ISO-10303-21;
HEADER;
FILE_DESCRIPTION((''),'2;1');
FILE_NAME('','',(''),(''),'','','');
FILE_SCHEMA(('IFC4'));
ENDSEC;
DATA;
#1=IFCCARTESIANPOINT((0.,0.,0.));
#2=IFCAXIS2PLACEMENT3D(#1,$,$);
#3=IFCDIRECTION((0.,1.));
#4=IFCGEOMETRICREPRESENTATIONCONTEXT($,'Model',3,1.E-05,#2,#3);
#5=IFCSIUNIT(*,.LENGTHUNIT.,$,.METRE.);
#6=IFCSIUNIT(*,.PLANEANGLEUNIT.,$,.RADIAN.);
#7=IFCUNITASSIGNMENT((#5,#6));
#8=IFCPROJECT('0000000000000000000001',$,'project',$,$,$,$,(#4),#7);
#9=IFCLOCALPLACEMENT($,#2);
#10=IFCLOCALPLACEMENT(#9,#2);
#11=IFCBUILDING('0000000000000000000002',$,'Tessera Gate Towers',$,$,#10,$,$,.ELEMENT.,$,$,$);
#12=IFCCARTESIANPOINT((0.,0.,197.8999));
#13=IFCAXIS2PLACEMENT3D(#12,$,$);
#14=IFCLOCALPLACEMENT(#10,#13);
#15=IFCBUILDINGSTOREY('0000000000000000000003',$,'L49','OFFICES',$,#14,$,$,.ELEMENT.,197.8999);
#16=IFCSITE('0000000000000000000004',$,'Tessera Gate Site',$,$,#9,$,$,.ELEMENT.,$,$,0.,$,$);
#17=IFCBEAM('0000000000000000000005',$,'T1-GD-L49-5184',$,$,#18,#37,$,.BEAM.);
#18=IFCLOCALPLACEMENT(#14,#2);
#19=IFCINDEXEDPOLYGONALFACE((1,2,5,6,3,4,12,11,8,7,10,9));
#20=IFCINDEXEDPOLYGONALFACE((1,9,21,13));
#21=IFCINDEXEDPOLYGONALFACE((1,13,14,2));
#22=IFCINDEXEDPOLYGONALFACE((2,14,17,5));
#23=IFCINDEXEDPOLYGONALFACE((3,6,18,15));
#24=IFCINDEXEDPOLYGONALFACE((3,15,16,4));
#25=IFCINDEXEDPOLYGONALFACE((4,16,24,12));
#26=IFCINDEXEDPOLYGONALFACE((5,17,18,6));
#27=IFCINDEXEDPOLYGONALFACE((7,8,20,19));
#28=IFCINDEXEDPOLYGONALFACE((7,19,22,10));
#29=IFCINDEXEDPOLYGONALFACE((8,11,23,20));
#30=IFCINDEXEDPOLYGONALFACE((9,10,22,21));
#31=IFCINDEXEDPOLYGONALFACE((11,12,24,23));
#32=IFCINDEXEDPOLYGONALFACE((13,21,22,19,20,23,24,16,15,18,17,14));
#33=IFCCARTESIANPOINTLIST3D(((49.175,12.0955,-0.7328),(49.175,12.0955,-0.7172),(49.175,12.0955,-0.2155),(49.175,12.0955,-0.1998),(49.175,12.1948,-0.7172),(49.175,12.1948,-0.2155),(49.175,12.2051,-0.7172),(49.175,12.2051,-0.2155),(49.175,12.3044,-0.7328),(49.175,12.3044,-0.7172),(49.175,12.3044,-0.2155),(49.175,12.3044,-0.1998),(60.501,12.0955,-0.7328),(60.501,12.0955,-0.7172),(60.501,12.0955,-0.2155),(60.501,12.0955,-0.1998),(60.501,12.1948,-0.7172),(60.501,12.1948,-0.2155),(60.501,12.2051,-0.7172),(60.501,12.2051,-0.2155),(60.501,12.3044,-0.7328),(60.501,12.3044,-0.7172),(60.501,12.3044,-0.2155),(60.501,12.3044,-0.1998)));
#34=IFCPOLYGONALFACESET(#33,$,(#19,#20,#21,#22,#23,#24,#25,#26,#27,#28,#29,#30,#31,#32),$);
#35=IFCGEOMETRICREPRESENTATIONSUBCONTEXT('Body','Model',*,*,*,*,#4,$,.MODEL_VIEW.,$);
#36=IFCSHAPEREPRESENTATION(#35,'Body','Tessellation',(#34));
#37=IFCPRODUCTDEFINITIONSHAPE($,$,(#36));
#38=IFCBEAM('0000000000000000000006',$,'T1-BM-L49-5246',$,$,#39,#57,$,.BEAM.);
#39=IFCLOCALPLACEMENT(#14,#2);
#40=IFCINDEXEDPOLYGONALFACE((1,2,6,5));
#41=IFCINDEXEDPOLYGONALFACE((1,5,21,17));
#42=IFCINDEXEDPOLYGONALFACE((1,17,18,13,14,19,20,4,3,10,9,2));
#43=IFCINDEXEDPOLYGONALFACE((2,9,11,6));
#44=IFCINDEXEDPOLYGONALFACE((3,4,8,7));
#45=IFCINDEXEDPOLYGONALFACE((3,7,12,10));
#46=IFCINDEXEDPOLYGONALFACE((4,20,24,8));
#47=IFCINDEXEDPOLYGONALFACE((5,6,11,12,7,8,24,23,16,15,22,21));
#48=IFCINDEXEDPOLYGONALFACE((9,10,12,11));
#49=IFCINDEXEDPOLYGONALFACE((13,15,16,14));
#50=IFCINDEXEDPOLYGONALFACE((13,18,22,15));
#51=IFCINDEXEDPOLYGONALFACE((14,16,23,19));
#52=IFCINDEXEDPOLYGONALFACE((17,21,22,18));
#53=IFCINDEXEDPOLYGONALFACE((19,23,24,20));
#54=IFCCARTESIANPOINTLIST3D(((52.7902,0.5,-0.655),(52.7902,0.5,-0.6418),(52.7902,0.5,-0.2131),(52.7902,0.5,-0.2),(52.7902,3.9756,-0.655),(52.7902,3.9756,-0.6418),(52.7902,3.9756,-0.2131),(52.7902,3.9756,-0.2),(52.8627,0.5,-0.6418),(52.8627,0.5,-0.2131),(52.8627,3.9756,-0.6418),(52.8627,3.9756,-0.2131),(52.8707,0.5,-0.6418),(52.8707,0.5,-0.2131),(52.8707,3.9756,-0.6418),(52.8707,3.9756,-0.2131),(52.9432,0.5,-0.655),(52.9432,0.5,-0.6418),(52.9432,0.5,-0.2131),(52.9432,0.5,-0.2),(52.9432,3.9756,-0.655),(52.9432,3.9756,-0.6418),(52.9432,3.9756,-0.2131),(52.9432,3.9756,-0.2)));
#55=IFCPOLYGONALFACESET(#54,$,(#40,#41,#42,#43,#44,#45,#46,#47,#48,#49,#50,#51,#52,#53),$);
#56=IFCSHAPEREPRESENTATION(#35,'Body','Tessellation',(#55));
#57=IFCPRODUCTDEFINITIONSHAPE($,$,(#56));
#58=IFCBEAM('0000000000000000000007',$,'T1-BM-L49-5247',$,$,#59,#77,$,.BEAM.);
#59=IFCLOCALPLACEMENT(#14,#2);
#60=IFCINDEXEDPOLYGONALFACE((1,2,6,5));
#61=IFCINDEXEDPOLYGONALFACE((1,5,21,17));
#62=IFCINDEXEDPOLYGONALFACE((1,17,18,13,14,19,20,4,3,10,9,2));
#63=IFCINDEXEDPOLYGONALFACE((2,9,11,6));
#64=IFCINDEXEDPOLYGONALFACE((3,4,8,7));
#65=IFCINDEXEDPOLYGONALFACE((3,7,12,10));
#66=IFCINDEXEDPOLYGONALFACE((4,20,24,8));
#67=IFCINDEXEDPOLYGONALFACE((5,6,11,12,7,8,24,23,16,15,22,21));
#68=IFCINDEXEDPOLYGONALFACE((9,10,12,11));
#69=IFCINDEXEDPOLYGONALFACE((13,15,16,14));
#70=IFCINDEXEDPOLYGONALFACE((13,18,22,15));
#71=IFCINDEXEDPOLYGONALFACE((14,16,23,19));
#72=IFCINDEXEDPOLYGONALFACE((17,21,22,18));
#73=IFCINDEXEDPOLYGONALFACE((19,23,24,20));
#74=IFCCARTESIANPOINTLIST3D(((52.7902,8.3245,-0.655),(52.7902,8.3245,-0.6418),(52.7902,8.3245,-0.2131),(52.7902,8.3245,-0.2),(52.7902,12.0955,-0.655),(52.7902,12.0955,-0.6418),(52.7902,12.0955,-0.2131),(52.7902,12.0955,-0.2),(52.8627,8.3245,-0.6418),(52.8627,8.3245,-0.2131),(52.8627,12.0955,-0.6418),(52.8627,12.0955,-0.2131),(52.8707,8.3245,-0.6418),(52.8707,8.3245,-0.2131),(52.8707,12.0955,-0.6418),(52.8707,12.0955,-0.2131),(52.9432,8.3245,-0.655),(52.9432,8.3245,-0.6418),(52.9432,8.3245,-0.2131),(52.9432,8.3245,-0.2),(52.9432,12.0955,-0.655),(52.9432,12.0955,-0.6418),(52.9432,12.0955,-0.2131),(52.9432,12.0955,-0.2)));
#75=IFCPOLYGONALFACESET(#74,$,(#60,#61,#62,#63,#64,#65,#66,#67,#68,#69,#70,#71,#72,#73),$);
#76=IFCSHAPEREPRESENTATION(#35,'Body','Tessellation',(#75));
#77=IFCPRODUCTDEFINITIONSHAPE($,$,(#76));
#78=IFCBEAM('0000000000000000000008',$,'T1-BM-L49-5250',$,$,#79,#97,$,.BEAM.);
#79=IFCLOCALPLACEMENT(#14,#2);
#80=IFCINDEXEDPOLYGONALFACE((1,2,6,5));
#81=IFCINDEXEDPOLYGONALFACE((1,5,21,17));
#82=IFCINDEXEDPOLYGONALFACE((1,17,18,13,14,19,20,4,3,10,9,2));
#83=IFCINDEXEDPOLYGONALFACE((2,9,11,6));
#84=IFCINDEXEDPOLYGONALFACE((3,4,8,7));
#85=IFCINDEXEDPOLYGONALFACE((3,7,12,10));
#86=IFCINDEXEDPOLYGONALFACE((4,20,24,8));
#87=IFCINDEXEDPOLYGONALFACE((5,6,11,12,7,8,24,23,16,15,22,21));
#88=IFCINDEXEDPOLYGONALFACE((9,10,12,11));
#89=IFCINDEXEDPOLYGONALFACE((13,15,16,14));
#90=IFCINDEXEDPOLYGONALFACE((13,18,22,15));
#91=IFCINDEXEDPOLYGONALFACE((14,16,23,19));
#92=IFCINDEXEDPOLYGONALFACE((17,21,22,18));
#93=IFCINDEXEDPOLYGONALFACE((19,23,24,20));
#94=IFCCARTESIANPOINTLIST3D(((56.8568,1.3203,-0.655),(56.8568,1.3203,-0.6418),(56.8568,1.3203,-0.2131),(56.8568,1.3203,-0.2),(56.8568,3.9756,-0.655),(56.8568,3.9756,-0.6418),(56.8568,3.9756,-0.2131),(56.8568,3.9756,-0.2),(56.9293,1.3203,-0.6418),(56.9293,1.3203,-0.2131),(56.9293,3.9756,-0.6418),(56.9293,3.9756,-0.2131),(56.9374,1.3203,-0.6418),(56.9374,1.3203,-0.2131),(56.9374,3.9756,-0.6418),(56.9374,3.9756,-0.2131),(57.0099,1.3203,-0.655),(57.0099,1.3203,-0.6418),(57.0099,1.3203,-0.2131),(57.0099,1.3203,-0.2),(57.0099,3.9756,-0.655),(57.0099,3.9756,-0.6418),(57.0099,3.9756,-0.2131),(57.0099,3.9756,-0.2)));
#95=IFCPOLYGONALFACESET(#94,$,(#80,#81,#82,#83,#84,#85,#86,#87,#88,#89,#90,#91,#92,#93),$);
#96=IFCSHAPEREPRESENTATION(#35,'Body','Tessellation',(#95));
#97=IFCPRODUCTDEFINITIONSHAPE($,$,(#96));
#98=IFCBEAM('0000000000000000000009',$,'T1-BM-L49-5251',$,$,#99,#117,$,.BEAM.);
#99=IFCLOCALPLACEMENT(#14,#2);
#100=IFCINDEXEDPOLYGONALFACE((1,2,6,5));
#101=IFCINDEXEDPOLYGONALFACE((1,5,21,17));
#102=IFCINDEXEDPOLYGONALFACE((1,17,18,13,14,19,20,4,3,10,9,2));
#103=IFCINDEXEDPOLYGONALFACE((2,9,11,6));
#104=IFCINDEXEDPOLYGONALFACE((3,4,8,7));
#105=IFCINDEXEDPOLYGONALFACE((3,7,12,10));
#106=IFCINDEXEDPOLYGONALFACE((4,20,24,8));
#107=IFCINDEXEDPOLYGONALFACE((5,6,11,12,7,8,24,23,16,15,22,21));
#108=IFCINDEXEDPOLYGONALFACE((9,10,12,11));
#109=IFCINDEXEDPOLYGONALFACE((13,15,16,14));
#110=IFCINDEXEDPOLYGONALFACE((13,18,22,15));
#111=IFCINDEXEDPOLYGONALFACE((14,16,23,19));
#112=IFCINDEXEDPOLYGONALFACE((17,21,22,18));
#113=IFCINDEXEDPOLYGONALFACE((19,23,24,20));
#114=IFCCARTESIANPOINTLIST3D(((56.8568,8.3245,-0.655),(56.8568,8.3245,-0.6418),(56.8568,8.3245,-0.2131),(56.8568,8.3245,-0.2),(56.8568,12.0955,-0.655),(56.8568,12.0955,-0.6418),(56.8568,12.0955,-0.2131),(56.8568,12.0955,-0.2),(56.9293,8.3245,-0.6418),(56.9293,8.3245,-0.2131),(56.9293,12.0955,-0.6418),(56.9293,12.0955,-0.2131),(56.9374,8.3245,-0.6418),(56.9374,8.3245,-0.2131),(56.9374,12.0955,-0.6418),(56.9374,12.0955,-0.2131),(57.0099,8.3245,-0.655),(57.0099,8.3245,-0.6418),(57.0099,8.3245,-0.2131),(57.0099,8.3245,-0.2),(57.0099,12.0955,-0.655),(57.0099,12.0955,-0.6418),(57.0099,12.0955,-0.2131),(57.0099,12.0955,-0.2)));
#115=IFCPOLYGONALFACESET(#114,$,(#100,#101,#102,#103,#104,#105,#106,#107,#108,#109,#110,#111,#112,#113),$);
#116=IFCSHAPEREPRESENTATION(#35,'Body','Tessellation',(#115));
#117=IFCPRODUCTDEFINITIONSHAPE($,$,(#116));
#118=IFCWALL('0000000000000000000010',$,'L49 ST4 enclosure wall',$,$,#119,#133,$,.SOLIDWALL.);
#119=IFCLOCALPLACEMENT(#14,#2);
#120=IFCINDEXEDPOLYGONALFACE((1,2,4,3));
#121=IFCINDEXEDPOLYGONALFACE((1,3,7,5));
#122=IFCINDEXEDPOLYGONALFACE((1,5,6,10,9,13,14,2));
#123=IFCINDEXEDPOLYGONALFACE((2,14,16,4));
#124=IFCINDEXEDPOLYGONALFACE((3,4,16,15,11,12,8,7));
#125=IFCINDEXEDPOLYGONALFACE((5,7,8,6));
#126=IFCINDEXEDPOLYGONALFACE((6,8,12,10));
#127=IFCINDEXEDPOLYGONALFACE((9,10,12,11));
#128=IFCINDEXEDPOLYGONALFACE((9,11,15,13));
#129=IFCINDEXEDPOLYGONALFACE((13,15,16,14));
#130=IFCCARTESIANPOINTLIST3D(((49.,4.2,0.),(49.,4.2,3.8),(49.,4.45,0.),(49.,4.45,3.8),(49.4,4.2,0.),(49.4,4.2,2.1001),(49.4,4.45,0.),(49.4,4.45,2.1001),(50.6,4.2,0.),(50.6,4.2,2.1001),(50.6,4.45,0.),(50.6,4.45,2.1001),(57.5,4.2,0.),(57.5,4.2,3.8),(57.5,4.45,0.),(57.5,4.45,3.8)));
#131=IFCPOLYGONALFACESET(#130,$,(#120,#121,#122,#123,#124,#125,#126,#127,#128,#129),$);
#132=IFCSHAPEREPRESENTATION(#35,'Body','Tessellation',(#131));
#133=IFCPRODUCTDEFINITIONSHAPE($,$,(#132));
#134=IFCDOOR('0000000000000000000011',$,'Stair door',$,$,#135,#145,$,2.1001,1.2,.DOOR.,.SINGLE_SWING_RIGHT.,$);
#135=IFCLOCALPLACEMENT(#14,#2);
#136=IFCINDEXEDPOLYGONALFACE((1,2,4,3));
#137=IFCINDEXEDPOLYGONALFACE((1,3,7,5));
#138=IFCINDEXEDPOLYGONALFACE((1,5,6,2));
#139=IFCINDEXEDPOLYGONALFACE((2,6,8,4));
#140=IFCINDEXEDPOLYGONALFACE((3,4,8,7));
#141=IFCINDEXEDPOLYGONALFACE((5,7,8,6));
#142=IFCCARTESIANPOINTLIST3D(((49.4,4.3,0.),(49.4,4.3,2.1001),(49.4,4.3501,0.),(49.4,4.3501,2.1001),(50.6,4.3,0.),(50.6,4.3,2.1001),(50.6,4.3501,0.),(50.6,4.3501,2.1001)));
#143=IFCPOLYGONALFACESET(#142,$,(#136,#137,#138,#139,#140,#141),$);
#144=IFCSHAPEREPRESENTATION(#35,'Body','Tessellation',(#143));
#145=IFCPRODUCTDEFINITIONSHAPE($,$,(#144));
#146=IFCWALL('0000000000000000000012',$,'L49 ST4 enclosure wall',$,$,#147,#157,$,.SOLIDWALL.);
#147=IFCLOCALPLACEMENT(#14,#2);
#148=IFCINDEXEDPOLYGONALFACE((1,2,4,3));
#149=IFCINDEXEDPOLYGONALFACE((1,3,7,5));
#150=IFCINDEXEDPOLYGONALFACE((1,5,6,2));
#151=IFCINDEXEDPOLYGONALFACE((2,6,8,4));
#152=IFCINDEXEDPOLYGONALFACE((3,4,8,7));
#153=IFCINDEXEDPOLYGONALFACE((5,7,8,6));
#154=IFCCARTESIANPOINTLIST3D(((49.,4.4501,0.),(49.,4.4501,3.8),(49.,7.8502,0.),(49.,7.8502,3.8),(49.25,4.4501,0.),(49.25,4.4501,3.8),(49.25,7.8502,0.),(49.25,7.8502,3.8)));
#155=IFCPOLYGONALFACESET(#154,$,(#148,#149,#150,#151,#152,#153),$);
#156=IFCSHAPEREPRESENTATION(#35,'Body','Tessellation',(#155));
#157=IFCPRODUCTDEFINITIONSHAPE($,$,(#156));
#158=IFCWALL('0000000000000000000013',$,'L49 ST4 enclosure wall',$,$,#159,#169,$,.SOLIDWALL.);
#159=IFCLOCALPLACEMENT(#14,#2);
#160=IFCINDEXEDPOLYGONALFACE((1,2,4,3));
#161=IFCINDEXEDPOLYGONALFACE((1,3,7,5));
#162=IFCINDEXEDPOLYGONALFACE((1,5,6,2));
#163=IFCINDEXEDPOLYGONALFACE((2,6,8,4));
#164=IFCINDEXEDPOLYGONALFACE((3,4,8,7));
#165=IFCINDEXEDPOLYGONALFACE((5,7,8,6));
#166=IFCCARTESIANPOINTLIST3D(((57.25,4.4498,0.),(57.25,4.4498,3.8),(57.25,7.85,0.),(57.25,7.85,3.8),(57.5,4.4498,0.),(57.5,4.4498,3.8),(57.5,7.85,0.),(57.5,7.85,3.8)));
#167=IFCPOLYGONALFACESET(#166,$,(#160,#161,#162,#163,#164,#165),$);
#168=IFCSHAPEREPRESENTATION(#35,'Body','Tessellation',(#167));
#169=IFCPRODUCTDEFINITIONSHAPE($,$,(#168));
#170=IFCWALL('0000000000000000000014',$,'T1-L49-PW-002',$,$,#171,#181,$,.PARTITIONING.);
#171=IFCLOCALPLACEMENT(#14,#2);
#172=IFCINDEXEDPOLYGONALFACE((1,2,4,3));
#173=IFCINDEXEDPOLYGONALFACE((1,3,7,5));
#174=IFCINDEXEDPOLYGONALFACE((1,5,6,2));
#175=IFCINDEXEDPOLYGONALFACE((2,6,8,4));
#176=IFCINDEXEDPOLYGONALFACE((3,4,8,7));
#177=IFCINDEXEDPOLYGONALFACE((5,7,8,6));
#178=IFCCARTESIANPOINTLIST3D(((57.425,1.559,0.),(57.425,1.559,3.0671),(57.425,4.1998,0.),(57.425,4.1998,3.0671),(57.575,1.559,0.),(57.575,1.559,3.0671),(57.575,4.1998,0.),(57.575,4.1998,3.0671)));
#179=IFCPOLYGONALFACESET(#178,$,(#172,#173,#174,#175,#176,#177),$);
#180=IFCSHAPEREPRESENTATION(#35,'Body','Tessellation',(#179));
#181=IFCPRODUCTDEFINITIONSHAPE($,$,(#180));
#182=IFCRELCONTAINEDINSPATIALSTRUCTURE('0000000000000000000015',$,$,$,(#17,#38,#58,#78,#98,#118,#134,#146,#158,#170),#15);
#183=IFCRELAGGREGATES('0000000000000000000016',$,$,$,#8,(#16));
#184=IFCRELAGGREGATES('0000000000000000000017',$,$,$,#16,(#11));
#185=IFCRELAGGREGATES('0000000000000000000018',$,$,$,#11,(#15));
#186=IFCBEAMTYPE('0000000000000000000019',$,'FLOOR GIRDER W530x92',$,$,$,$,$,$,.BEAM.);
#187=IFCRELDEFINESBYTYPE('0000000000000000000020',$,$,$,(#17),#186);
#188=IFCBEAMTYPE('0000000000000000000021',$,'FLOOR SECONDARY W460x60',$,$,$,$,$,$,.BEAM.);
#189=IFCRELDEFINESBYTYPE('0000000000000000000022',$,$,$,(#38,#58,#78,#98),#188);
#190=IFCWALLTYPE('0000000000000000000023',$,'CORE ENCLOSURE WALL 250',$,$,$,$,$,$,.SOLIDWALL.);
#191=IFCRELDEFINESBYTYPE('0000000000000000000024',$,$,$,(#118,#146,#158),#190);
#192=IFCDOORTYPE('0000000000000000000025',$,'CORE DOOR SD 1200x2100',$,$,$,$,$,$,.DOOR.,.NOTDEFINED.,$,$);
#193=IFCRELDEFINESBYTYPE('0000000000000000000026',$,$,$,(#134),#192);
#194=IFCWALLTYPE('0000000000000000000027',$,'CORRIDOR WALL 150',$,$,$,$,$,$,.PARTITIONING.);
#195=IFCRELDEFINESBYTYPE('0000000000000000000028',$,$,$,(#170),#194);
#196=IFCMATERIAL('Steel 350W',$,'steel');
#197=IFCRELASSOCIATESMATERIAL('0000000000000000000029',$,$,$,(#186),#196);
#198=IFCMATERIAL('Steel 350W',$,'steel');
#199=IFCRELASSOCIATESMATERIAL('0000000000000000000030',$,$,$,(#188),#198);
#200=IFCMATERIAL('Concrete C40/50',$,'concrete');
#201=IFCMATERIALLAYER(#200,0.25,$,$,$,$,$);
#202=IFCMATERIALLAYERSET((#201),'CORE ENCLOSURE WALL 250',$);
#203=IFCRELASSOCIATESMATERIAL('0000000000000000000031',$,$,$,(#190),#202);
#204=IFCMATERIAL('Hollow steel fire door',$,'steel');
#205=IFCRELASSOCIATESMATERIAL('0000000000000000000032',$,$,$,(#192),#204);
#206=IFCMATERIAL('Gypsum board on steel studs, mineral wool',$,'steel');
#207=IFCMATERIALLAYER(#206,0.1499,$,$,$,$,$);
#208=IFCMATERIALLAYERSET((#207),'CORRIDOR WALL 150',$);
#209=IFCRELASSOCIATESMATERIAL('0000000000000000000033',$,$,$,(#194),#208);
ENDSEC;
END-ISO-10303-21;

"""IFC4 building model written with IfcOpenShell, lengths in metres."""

from ifc_helpers import new_model, si_unit, direction, frame, frame_2d, origin, origin_2d, place, context, subcontext, project, spatial, rectangle, i_section, extrude, source, transform, mapped, material, layer, layer_set, material_profile, profile_set, type_object, element, fill, save


model = new_model("IFC4")

# Units and contexts
model_context = context("Model", 3, precision=1e-05, world=origin(), true_north=direction((0.0, 1.0)))
body_context = subcontext(model_context, "Body", "Model", "MODEL_VIEW")
ifc_project = project(units=[si_unit("LENGTHUNIT", "METRE"), si_unit("PLANEANGLEUNIT", "RADIAN")], contexts=[model_context])

# Site, building, storey
site_placement = place(None, origin())
site = spatial("IfcSite", under=ifc_project, at=site_placement, Name="Tessera Gate Site", CompositionType="ELEMENT", RefElevation=0.0)
building_placement = place(site_placement, origin())
building = spatial("IfcBuilding", under=site, at=building_placement, Name="Tessera Gate Towers", CompositionType="ELEMENT")
storey_placement = place(building_placement, frame((0.0, 0.0, 197.8999)))
storey = spatial("IfcBuildingStorey", under=building, at=storey_placement, Name="L49", Description="OFFICES", CompositionType="ELEMENT", Elevation=197.8999)

# Beams
ifc_material_1 = material(Name="Steel 350W", Category="steel")
ifc_material_profile_1 = material_profile(ifc_material_1, i_section(OverallWidth=0.209, OverallDepth=0.533, WebThickness=0.0103, FlangeThickness=0.0156, at=origin_2d()), Name="W530x92")
ifc_profile_set_1 = profile_set([ifc_material_profile_1], Name="Steel 350W")
beam_type_1 = type_object("IfcBeamType", Name="FLOOR GIRDER W530x92", PredefinedType="BEAM", material=ifc_profile_set_1)
beam_1_placement = place(storey_placement, frame((49.175, 12.2, -0.4663), z_axis=(1.0, 0.0, 0.0), x_axis=(0.0, 1.0, 0.0)))
element("IfcBeam", 1, at=beam_1_placement, inside=storey, type_object=beam_type_1, Name="T1-GD-L49-5184", PredefinedType="BEAM", context=body_context, shape_type="SweptSolid", body=[
    extrude(i_section(OverallWidth=0.209, OverallDepth=0.533, WebThickness=0.0103, FlangeThickness=0.0156, at=origin_2d()), origin(), (0.0, 0.0, 1.0), 11.3259),
])
ifc_material_2 = material(Name="Steel 350W", Category="steel")
ifc_material_profile_2 = material_profile(ifc_material_2, i_section(OverallWidth=0.1531, OverallDepth=0.4551, WebThickness=0.0081, FlangeThickness=0.0132, at=origin_2d()), Name="W460x60")
ifc_profile_set_2 = profile_set([ifc_material_profile_2], Name="Steel 350W")
beam_type_2 = type_object("IfcBeamType", Name="FLOOR SECONDARY W460x60", PredefinedType="BEAM", material=ifc_profile_set_2)
beam_2_placement = place(storey_placement, frame((52.8667, 0.5, -0.4275), z_axis=(0.0, 1.0, 0.0), x_axis=(-1.0, 0.0, 0.0)))
element("IfcBeam", 2, at=beam_2_placement, inside=storey, type_object=beam_type_2, Name="T1-BM-L49-5246", PredefinedType="BEAM", context=body_context, shape_type="SweptSolid", body=[
    extrude(i_section(OverallWidth=0.1531, OverallDepth=0.4551, WebThickness=0.0081, FlangeThickness=0.0132, at=origin_2d()), origin(), (0.0, 0.0, 1.0), 3.4756),
])
beam_3_placement = place(storey_placement, frame((52.8667, 8.3245, -0.4275), z_axis=(0.0, 1.0, 0.0), x_axis=(-1.0, 0.0, 0.0)))
element("IfcBeam", 3, at=beam_3_placement, inside=storey, type_object=beam_type_2, Name="T1-BM-L49-5247", PredefinedType="BEAM", context=body_context, shape_type="SweptSolid", body=[
    extrude(i_section(OverallWidth=0.1531, OverallDepth=0.4551, WebThickness=0.0081, FlangeThickness=0.0132, at=origin_2d()), origin(), (0.0, 0.0, 1.0), 3.771),
])
beam_4_placement = place(storey_placement, frame((56.9333, 1.3203, -0.4275), z_axis=(0.0, 1.0, 0.0), x_axis=(-1.0, 0.0, 0.0)))
element("IfcBeam", 4, at=beam_4_placement, inside=storey, type_object=beam_type_2, Name="T1-BM-L49-5250", PredefinedType="BEAM", context=body_context, shape_type="SweptSolid", body=[
    extrude(i_section(OverallWidth=0.1531, OverallDepth=0.4551, WebThickness=0.0081, FlangeThickness=0.0132, at=origin_2d()), origin(), (0.0, 0.0, 1.0), 2.6553),
])
beam_5_placement = place(storey_placement, frame((56.9333, 8.3245, -0.4275), z_axis=(0.0, 1.0, 0.0), x_axis=(-1.0, 0.0, 0.0)))
element("IfcBeam", 5, at=beam_5_placement, inside=storey, type_object=beam_type_2, Name="T1-BM-L49-5251", PredefinedType="BEAM", context=body_context, shape_type="SweptSolid", body=[
    extrude(i_section(OverallWidth=0.1531, OverallDepth=0.4551, WebThickness=0.0081, FlangeThickness=0.0132, at=origin_2d()), origin(), (0.0, 0.0, 1.0), 3.771),
])

# Wall, opening, door
ifc_material_3 = material(Name="Concrete C40/50", Category="concrete")
ifc_layer_1 = layer(ifc_material_3, 0.25)
ifc_layer_set_1 = layer_set([ifc_layer_1], Name="CORE ENCLOSURE WALL 250")
wall_type_1 = type_object("IfcWallType", Name="CORE ENCLOSURE WALL 250", PredefinedType="SOLIDWALL", material=ifc_layer_set_1)
wall_1_placement = place(storey_placement, frame((57.5, 4.325, 0.0), z_axis=(0.0, 0.0, 1.0), x_axis=(-1.0, 0.0, 0.0)))
wall_1 = element("IfcWall", 6, at=wall_1_placement, inside=storey, type_object=wall_type_1, Name="L49 ST4 enclosure wall", PredefinedType="SOLIDWALL", context=body_context, shape_type="SweptSolid", body=[
    extrude(rectangle(XDim=8.5, YDim=0.25, at=frame_2d((4.25, 0.0))), origin(), (0.0, 0.0, 1.0), 3.8),
])
shared_shape_1 = source(origin(), body_context, "Body", "SweptSolid", [
    extrude(rectangle(XDim=1.2, YDim=2.1001, at=frame_2d((0.6001, 1.05))), frame((0.0, 0.135, 0.0), z_axis=(0.0, -1.0, 0.0), x_axis=(1.0, 0.0, 0.0)), (0.0, 0.0, 1.0), 0.27),
])
opening_1_placement = place(wall_1_placement, frame((6.8999, 0.0, 0.0)))
opening_1 = element("IfcOpeningElement", 7, at=opening_1_placement, cuts=wall_1, PredefinedType="OPENING", context=body_context, shape_type="MappedRepresentation", body=[
    mapped(shared_shape_1, transform((0.0, 0.0, 0.0), scale=1.0)),
])
ifc_material_4 = material(Name="Hollow steel fire door", Category="steel")
door_type = type_object("IfcDoorType", Name="CORE DOOR SD 1200x2100", OperationType="NOTDEFINED", PredefinedType="DOOR", material=ifc_material_4)
shared_shape_2 = source(origin(), body_context, "Body", "SweptSolid", [
    extrude(rectangle(XDim=1.2, YDim=2.1001, at=frame_2d((0.6001, 1.05))), frame((0.0, 0.0249, 0.0), z_axis=(0.0, -1.0, 0.0), x_axis=(1.0, 0.0, 0.0)), (0.0, 0.0, 1.0), 0.05),
])
door_placement = place(opening_1_placement, origin())
door = element("IfcDoor", 8, at=door_placement, inside=storey, type_object=door_type, Name="Stair door", OperationType="SINGLE_SWING_RIGHT", OverallHeight=2.1001, OverallWidth=1.2, PredefinedType="DOOR", context=body_context, shape_type="MappedRepresentation", body=[
    mapped(shared_shape_2, transform((0.0, 0.0, 0.0), scale=1.0)),
])
fill(opening_1, door)

# Walls
for number, where, z_axis, x_axis, name in (
    (9, (49.125, 4.45, 0.0), (0.0, 0.0, 1.0), (0.0, 1.0, 0.0), "L49 ST4 enclosure wall"),
    (10, (57.375, 7.8501, 0.0), (0.0, 0.0, 1.0), (0.0, -1.0, 0.0), "L49 ST4 enclosure wall"),
):
    element("IfcWall", number, at=place(storey_placement, frame(where, z_axis=z_axis, x_axis=x_axis)), inside=storey, type_object=wall_type_1, Name=name, PredefinedType="SOLIDWALL", context=body_context, shape_type="SweptSolid", body=[
        extrude(rectangle(XDim=3.4001, YDim=0.25, at=frame_2d((1.7002, 0.0))), origin(), (0.0, 0.0, 1.0), 3.8),
    ])
ifc_material_5 = material(Name="Gypsum board on steel studs, mineral wool", Category="steel")
ifc_layer_2 = layer(ifc_material_5, 0.1499)
ifc_layer_set_2 = layer_set([ifc_layer_2], Name="CORRIDOR WALL 150")
wall_type_2 = type_object("IfcWallType", Name="CORRIDOR WALL 150", PredefinedType="PARTITIONING", material=ifc_layer_set_2)
wall_2_placement = place(storey_placement, frame((57.5, 1.5591, 0.0), z_axis=(0.0, 0.0, 1.0), x_axis=(0.0, 1.0, 0.0)))
element("IfcWall", 11, at=wall_2_placement, inside=storey, type_object=wall_type_2, Name="T1-L49-PW-002", PredefinedType="PARTITIONING", context=body_context, shape_type="SweptSolid", body=[
    extrude(rectangle(XDim=2.6409, YDim=0.1499, at=frame_2d((1.3203, 0.0))), origin(), (0.0, 0.0, 1.0), 3.0671),
])

save(model, "model.ifc")
